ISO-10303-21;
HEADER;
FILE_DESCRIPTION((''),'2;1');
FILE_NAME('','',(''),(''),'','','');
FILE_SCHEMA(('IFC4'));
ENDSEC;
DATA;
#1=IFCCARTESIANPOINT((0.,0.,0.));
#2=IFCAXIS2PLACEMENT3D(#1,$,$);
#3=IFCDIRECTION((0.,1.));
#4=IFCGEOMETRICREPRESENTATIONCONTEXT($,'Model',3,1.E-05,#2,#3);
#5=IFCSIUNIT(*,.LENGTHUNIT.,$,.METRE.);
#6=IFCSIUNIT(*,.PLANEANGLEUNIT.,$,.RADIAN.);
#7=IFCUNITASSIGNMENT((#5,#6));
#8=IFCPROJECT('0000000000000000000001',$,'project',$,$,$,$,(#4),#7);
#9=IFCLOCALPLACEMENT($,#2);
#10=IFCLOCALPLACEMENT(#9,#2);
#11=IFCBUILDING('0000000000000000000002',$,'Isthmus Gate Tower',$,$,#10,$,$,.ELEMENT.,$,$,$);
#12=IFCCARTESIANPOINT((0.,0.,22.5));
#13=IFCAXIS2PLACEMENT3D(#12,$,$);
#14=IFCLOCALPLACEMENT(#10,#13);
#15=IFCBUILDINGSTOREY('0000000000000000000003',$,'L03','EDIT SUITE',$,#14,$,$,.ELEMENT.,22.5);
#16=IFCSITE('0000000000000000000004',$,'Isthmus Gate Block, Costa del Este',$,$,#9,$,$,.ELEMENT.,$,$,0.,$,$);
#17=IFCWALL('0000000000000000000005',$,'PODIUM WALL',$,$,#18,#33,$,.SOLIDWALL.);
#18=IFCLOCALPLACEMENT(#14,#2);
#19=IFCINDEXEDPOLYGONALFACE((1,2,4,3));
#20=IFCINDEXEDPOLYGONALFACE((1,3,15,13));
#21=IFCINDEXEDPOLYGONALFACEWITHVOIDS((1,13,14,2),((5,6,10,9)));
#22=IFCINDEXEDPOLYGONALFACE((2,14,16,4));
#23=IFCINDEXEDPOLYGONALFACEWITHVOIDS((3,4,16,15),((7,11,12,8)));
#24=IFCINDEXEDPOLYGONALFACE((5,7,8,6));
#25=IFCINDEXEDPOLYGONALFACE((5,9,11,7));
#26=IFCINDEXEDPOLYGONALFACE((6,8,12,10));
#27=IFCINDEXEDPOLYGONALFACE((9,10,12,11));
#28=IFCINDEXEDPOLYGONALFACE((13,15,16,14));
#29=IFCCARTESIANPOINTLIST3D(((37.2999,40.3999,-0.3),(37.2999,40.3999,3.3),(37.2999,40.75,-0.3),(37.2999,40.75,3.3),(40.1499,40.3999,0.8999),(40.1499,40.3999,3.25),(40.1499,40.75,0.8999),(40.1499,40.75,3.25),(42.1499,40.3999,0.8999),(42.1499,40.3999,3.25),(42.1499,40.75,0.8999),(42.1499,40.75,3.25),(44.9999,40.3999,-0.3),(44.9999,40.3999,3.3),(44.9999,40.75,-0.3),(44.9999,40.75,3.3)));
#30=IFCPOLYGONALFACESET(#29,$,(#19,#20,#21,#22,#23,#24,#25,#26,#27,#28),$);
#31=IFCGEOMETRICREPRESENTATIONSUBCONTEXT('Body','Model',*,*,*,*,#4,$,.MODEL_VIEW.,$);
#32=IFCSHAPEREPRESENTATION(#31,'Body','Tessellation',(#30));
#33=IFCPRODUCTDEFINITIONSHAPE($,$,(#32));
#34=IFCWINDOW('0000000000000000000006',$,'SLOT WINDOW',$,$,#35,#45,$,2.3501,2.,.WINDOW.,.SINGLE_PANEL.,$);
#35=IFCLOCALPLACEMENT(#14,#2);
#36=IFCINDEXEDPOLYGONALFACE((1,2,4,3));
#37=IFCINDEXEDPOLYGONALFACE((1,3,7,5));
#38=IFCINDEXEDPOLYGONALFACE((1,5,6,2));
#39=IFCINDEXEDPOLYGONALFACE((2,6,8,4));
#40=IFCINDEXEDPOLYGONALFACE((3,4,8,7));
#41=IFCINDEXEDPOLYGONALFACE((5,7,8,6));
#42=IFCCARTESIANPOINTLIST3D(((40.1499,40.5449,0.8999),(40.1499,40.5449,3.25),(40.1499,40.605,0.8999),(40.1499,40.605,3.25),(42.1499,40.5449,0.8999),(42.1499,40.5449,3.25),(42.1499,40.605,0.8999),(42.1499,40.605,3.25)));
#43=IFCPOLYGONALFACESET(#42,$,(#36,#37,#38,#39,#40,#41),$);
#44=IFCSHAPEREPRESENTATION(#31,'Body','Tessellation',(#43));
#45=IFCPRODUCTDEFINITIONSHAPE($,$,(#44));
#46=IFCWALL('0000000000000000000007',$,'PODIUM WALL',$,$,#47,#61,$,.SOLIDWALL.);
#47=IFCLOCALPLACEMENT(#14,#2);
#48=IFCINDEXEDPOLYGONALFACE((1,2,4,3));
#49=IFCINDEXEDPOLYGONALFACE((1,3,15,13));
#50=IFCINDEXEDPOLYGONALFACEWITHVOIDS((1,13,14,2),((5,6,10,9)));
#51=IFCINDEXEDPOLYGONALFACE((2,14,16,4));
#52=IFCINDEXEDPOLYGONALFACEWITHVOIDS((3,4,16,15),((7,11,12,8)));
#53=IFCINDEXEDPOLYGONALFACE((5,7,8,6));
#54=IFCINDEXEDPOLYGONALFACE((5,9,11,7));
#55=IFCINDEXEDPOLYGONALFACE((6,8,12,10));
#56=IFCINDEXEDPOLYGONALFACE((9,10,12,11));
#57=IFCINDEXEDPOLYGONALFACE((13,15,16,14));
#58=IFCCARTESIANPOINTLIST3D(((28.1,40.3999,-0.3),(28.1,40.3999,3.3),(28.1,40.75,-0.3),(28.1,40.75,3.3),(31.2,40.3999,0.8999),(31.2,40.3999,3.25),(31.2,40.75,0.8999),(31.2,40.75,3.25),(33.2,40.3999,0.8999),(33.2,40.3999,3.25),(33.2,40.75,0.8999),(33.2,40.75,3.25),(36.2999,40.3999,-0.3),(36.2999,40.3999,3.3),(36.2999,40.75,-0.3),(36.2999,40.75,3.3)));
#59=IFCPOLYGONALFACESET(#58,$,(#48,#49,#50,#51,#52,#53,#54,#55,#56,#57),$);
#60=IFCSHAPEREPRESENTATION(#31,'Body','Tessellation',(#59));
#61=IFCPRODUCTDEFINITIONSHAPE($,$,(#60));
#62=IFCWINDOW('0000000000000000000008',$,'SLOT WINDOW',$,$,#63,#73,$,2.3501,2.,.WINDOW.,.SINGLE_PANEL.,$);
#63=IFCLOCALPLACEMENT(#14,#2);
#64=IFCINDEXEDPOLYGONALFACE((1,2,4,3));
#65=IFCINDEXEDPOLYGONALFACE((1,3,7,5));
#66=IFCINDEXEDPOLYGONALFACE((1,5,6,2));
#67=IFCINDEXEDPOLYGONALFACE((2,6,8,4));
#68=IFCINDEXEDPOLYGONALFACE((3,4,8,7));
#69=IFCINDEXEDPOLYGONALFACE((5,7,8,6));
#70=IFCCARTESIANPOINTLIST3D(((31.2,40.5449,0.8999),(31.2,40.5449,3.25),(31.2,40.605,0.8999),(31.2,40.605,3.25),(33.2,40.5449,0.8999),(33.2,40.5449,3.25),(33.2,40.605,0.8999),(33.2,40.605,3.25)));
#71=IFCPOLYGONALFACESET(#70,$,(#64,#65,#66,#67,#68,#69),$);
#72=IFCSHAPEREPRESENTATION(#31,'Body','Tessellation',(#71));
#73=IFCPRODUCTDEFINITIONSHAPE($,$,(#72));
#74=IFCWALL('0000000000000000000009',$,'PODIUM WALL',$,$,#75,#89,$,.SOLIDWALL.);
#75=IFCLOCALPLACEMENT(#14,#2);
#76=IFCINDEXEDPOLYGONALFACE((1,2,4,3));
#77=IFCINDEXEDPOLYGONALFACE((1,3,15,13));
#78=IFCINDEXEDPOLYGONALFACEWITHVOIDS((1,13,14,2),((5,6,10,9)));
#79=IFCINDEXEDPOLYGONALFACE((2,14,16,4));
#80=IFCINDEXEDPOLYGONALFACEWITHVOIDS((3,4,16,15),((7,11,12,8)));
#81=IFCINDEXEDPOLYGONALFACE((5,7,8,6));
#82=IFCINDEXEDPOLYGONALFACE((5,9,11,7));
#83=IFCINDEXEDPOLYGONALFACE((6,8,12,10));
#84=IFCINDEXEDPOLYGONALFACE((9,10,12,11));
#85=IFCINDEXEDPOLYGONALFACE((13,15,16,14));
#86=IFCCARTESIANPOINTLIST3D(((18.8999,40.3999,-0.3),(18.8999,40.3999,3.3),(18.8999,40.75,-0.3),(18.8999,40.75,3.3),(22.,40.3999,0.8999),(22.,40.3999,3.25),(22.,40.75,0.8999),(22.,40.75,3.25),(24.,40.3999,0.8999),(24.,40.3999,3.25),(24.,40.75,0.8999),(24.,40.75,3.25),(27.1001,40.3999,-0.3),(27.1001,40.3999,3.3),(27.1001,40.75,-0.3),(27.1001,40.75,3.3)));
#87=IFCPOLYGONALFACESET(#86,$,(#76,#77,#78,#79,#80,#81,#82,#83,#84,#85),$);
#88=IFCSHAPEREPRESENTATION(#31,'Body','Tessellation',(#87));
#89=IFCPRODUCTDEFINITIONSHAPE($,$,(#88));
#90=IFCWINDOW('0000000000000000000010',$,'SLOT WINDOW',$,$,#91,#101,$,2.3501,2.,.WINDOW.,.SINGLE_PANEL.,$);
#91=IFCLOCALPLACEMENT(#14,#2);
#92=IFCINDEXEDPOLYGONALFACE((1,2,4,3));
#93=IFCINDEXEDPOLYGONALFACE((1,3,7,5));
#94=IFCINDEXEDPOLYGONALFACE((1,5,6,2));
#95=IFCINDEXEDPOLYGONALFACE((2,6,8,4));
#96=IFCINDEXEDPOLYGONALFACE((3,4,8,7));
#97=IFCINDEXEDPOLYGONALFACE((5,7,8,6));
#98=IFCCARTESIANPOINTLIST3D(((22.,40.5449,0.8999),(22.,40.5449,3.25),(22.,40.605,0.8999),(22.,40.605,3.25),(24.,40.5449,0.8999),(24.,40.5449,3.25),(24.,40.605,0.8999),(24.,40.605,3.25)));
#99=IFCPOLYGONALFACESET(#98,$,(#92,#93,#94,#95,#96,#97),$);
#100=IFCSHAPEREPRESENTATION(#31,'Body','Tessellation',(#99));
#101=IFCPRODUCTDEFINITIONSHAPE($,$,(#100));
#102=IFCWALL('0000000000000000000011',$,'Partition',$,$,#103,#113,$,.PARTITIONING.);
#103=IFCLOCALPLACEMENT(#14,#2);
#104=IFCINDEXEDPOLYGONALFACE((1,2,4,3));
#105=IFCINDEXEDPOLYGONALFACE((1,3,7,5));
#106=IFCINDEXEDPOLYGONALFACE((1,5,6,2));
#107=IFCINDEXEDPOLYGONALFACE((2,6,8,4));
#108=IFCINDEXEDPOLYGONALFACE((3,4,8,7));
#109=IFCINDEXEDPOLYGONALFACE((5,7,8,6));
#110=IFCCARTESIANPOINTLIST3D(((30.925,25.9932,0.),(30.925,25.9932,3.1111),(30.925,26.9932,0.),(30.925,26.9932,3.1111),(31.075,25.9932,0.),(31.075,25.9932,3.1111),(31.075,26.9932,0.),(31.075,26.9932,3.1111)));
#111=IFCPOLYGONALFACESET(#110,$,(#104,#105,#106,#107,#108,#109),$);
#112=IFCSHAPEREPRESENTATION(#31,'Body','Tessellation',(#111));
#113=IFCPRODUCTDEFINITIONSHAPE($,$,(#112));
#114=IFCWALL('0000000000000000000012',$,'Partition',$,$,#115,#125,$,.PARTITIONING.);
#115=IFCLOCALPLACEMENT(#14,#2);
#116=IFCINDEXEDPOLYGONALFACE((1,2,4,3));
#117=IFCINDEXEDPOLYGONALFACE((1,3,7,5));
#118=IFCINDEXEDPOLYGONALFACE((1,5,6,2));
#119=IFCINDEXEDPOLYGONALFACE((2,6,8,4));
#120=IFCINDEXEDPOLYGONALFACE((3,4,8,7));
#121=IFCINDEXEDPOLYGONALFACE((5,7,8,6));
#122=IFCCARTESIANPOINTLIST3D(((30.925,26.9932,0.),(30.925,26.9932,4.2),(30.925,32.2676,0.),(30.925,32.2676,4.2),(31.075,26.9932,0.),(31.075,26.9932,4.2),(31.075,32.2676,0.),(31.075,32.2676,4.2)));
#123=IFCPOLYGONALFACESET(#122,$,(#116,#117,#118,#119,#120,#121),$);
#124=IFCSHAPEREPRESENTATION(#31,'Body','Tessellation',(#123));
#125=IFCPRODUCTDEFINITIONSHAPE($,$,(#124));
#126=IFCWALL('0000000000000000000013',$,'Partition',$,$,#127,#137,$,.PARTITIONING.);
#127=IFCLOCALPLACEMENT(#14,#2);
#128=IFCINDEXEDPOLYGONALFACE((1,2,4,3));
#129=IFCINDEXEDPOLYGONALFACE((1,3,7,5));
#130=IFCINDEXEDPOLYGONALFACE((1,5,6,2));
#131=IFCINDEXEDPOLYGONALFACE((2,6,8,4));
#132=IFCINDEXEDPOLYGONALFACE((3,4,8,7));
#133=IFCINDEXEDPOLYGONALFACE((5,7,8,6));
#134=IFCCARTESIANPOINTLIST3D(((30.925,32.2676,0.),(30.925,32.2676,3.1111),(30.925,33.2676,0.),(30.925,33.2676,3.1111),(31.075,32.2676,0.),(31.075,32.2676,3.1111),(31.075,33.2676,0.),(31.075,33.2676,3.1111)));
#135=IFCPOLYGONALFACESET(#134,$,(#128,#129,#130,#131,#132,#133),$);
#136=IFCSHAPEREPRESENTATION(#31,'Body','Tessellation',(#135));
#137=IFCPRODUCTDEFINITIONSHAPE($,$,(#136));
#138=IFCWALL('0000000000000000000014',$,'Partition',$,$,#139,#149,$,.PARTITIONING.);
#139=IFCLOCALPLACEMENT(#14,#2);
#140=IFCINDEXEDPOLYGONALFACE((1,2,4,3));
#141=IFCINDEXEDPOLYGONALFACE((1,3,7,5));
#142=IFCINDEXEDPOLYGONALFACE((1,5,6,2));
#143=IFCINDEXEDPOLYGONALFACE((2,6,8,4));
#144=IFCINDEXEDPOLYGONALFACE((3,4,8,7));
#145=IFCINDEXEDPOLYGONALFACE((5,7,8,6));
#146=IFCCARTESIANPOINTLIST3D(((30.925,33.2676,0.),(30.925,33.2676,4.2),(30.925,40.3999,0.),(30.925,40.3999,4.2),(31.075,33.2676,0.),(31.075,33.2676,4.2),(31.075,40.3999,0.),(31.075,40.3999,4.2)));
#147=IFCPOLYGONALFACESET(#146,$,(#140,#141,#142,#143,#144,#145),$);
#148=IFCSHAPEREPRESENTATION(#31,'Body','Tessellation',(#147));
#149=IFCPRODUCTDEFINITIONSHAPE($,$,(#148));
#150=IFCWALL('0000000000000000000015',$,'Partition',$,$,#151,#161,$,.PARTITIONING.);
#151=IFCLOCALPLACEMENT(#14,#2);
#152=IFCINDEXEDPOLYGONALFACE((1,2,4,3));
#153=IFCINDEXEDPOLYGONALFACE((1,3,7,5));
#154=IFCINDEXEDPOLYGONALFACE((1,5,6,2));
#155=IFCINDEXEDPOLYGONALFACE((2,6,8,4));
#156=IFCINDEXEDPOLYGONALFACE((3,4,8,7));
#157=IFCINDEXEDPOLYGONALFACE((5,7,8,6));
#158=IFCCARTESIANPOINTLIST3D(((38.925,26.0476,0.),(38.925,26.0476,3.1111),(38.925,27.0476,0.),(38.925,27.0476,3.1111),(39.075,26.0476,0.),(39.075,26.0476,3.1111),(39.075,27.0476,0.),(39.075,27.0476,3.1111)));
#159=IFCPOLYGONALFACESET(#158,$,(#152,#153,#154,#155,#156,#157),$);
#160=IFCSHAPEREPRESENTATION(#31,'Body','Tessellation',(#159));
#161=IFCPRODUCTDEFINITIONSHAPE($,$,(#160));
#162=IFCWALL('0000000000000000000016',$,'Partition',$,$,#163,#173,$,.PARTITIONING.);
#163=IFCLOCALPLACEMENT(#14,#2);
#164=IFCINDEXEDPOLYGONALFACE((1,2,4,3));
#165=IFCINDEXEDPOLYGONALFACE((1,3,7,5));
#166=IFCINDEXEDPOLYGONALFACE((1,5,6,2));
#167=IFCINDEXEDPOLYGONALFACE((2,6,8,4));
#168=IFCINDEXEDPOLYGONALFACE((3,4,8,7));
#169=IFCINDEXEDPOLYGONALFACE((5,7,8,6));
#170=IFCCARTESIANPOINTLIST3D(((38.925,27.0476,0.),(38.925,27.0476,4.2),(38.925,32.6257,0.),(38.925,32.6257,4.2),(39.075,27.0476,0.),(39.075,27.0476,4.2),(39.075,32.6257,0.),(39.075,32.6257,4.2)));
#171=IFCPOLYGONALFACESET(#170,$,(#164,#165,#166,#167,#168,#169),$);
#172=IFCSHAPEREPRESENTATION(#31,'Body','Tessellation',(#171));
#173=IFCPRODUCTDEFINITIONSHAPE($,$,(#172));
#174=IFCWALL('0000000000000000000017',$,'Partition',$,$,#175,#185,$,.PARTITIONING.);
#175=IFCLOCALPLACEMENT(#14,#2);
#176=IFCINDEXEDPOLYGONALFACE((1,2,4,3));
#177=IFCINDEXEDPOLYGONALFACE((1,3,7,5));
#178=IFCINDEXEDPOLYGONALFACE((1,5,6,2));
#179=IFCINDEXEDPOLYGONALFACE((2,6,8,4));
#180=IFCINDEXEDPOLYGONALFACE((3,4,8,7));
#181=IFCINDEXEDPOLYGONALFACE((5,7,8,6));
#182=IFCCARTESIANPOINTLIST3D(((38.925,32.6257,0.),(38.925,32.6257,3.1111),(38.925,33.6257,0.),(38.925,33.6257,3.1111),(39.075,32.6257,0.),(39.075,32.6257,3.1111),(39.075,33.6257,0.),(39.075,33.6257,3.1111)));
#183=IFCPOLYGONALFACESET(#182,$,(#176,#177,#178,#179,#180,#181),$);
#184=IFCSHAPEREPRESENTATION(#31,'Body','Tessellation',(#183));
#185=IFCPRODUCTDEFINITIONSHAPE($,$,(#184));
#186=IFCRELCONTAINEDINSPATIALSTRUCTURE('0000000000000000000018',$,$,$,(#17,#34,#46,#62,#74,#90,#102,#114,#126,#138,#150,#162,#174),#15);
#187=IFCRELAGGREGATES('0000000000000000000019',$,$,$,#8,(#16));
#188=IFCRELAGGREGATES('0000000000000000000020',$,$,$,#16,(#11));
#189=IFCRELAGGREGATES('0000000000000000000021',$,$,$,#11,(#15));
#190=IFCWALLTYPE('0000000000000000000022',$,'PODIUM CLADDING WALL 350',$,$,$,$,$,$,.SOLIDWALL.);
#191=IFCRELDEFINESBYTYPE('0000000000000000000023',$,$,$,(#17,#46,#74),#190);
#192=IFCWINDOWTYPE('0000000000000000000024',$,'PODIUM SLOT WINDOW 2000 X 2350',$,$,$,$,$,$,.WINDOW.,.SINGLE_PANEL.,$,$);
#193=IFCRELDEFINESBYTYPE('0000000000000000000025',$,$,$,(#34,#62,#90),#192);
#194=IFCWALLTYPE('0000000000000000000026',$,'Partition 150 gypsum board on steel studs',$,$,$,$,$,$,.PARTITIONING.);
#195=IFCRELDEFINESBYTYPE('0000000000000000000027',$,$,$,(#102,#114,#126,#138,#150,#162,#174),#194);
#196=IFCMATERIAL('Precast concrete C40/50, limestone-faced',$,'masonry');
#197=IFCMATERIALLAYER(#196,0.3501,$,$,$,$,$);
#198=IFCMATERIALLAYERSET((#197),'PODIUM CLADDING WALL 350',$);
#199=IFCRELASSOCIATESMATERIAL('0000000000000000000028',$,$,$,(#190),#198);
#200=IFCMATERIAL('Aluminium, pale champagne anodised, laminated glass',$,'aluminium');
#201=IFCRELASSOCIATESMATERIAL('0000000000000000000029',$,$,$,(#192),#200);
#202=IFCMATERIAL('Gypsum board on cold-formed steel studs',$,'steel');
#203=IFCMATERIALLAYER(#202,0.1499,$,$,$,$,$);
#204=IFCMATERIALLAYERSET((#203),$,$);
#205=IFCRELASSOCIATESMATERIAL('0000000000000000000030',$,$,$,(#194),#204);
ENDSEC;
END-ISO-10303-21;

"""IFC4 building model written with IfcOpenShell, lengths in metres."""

from ifc_helpers import new_model, si_unit, direction, frame, frame_2d, origin, place, context, subcontext, project, spatial, rectangle, extrude, material, layer, layer_set, type_object, element, fill, save


model = new_model("IFC4")

# Units and contexts
model_context = context("Model", 3, precision=1e-05, world=origin(), true_north=direction((0.0, 1.0)))
body_context = subcontext(model_context, "Body", "Model", "MODEL_VIEW")
ifc_project = project(units=[si_unit("LENGTHUNIT", "METRE"), si_unit("PLANEANGLEUNIT", "RADIAN")], contexts=[model_context])

# Site, building, storey
site_placement = place(None, origin())
site = spatial("IfcSite", under=ifc_project, at=site_placement, Name="Isthmus Gate Block, Costa del Este", CompositionType="ELEMENT", RefElevation=0.0)
building_placement = place(site_placement, origin())
building = spatial("IfcBuilding", under=site, at=building_placement, Name="Isthmus Gate Tower", CompositionType="ELEMENT")
storey_placement = place(building_placement, frame((0.0, 0.0, 22.5)))
storey = spatial("IfcBuildingStorey", under=building, at=storey_placement, Name="L03", Description="EDIT SUITE", CompositionType="ELEMENT", Elevation=22.5)

# Walls, openings, windows
ifc_material_1 = material(Name="Precast concrete C40/50, limestone-faced", Category="masonry")
ifc_layer_1 = layer(ifc_material_1, 0.3501)
ifc_layer_set_1 = layer_set([ifc_layer_1], Name="PODIUM CLADDING WALL 350")
wall_type_1 = type_object("IfcWallType", Name="PODIUM CLADDING WALL 350", PredefinedType="SOLIDWALL", material=ifc_layer_set_1)
wall_1_placement = place(storey_placement, frame((45.0, 40.575, -0.3), z_axis=(0.0, 0.0, 1.0), x_axis=(-1.0, 0.0, 0.0)))
wall_1 = element("IfcWall", 1, at=wall_1_placement, inside=storey, type_object=wall_type_1, Name="PODIUM WALL", PredefinedType="SOLIDWALL", context=body_context, shape_type="SweptSolid", body=[
    extrude(rectangle(XDim=7.7, YDim=0.3501, at=frame_2d((3.8501, 0.0))), origin(), (0.0, 0.0, 1.0), 3.6001),
])
opening_1_placement = place(wall_1_placement, frame((2.8501, 0.0, 1.2)))
opening_1 = element("IfcOpeningElement", 2, at=opening_1_placement, cuts=wall_1, PredefinedType="OPENING", context=body_context, shape_type="SweptSolid", body=[
    extrude(rectangle(XDim=2.0, YDim=2.3501, at=frame_2d((1.0, 1.175))), frame((0.0, 0.1851, 0.0), z_axis=(0.0, -1.0, 0.0), x_axis=(1.0, 0.0, 0.0)), (0.0, 0.0, 1.0), 0.3701),
])
ifc_material_2 = material(Name="Aluminium, pale champagne anodised, laminated glass", Category="aluminium")
window_type = type_object("IfcWindowType", Name="PODIUM SLOT WINDOW 2000 X 2350", PartitioningType="SINGLE_PANEL", PredefinedType="WINDOW", material=ifc_material_2)
window_1_placement = place(opening_1_placement, origin())
window_1 = element("IfcWindow", 3, at=window_1_placement, inside=storey, type_object=window_type, Name="SLOT WINDOW", OverallHeight=2.3501, OverallWidth=2.0, PartitioningType="SINGLE_PANEL", PredefinedType="WINDOW", context=body_context, shape_type="SweptSolid", body=[
    extrude(rectangle(XDim=2.0, YDim=2.3501, at=frame_2d((1.0, 1.175))), frame((0.0, 0.03, 0.0), z_axis=(0.0, -1.0, 0.0), x_axis=(1.0, 0.0, 0.0)), (0.0, 0.0, 1.0), 0.0601),
])
fill(opening_1, window_1)
wall_2_placement = place(storey_placement, frame((36.3, 40.575, -0.3), z_axis=(0.0, 0.0, 1.0), x_axis=(-1.0, 0.0, 0.0)))
wall_2 = element("IfcWall", 4, at=wall_2_placement, inside=storey, type_object=wall_type_1, Name="PODIUM WALL", PredefinedType="SOLIDWALL", context=body_context, shape_type="SweptSolid", body=[
    extrude(rectangle(XDim=8.2, YDim=0.3501, at=frame_2d((4.1001, 0.0))), origin(), (0.0, 0.0, 1.0), 3.6001),
])
opening_2_placement = place(wall_2_placement, frame((3.1001, 0.0, 1.2)))
opening_2 = element("IfcOpeningElement", 5, at=opening_2_placement, cuts=wall_2, PredefinedType="OPENING", context=body_context, shape_type="SweptSolid", body=[
    extrude(rectangle(XDim=2.0, YDim=2.3501, at=frame_2d((1.0, 1.175))), frame((0.0, 0.1851, 0.0), z_axis=(0.0, -1.0, 0.0), x_axis=(1.0, 0.0, 0.0)), (0.0, 0.0, 1.0), 0.3701),
])
window_2_placement = place(opening_2_placement, origin())
window_2 = element("IfcWindow", 6, at=window_2_placement, inside=storey, type_object=window_type, Name="SLOT WINDOW", OverallHeight=2.3501, OverallWidth=2.0, PartitioningType="SINGLE_PANEL", PredefinedType="WINDOW", context=body_context, shape_type="SweptSolid", body=[
    extrude(rectangle(XDim=2.0, YDim=2.3501, at=frame_2d((1.0, 1.175))), frame((0.0, 0.03, 0.0), z_axis=(0.0, -1.0, 0.0), x_axis=(1.0, 0.0, 0.0)), (0.0, 0.0, 1.0), 0.0601),
])
fill(opening_2, window_2)
wall_3_placement = place(storey_placement, frame((27.1001, 40.575, -0.3), z_axis=(0.0, 0.0, 1.0), x_axis=(-1.0, 0.0, 0.0)))
wall_3 = element("IfcWall", 7, at=wall_3_placement, inside=storey, type_object=wall_type_1, Name="PODIUM WALL", PredefinedType="SOLIDWALL", context=body_context, shape_type="SweptSolid", body=[
    extrude(rectangle(XDim=8.2002, YDim=0.3501, at=frame_2d((4.1001, 0.0))), origin(), (0.0, 0.0, 1.0), 3.6001),
])
opening_3_placement = place(wall_3_placement, frame((3.1001, 0.0, 1.2)))
opening_3 = element("IfcOpeningElement", 8, at=opening_3_placement, cuts=wall_3, PredefinedType="OPENING", context=body_context, shape_type="SweptSolid", body=[
    extrude(rectangle(XDim=2.0, YDim=2.3501, at=frame_2d((1.0, 1.175))), frame((0.0, 0.1851, 0.0), z_axis=(0.0, -1.0, 0.0), x_axis=(1.0, 0.0, 0.0)), (0.0, 0.0, 1.0), 0.3701),
])
window_3_placement = place(opening_3_placement, origin())
window_3 = element("IfcWindow", 9, at=window_3_placement, inside=storey, type_object=window_type, Name="SLOT WINDOW", OverallHeight=2.3501, OverallWidth=2.0, PartitioningType="SINGLE_PANEL", PredefinedType="WINDOW", context=body_context, shape_type="SweptSolid", body=[
    extrude(rectangle(XDim=2.0, YDim=2.3501, at=frame_2d((1.0, 1.175))), frame((0.0, 0.03, 0.0), z_axis=(0.0, -1.0, 0.0), x_axis=(1.0, 0.0, 0.0)), (0.0, 0.0, 1.0), 0.0601),
])
fill(opening_3, window_3)

# Walls
ifc_material_3 = material(Name="Gypsum board on cold-formed steel studs", Category="steel")
ifc_layer_2 = layer(ifc_material_3, 0.1499)
ifc_layer_set_2 = layer_set([ifc_layer_2])
wall_type_2 = type_object("IfcWallType", Name="Partition 150 gypsum board on steel studs", PredefinedType="PARTITIONING", material=ifc_layer_set_2)
wall_4_placement = place(storey_placement, frame((31.0, 25.9932, 0.0), z_axis=(0.0, 0.0, 1.0), x_axis=(0.0, 1.0, 0.0)))
element("IfcWall", 10, at=wall_4_placement, inside=storey, type_object=wall_type_2, Name="Partition", PredefinedType="PARTITIONING", context=body_context, shape_type="SweptSolid", body=[
    extrude(rectangle(XDim=1.0, YDim=0.1499, at=frame_2d((0.5, 0.0))), origin(), (0.0, 0.0, 1.0), 3.1111),
])
wall_5_placement = place(storey_placement, frame((31.0, 26.9932, 0.0), z_axis=(0.0, 0.0, 1.0), x_axis=(0.0, 1.0, 0.0)))
element("IfcWall", 11, at=wall_5_placement, inside=storey, type_object=wall_type_2, Name="Partition", PredefinedType="PARTITIONING", context=body_context, shape_type="SweptSolid", body=[
    extrude(rectangle(XDim=5.2744, YDim=0.1499, at=frame_2d((2.6372, 0.0))), origin(), (0.0, 0.0, 1.0), 4.2),
])
wall_6_placement = place(storey_placement, frame((31.0, 32.2676, 0.0), z_axis=(0.0, 0.0, 1.0), x_axis=(0.0, 1.0, 0.0)))
element("IfcWall", 12, at=wall_6_placement, inside=storey, type_object=wall_type_2, Name="Partition", PredefinedType="PARTITIONING", context=body_context, shape_type="SweptSolid", body=[
    extrude(rectangle(XDim=1.0, YDim=0.1499, at=frame_2d((0.5, 0.0))), origin(), (0.0, 0.0, 1.0), 3.1111),
])
wall_7_placement = place(storey_placement, frame((31.0, 33.2676, 0.0), z_axis=(0.0, 0.0, 1.0), x_axis=(0.0, 1.0, 0.0)))
element("IfcWall", 13, at=wall_7_placement, inside=storey, type_object=wall_type_2, Name="Partition", PredefinedType="PARTITIONING", context=body_context, shape_type="SweptSolid", body=[
    extrude(rectangle(XDim=7.1323, YDim=0.1499, at=frame_2d((3.5662, 0.0))), origin(), (0.0, 0.0, 1.0), 4.2),
])
wall_8_placement = place(storey_placement, frame((39.0, 26.0476, 0.0), z_axis=(0.0, 0.0, 1.0), x_axis=(0.0, 1.0, 0.0)))
element("IfcWall", 14, at=wall_8_placement, inside=storey, type_object=wall_type_2, Name="Partition", PredefinedType="PARTITIONING", context=body_context, shape_type="SweptSolid", body=[
    extrude(rectangle(XDim=1.0, YDim=0.1499, at=frame_2d((0.5, 0.0))), origin(), (0.0, 0.0, 1.0), 3.1111),
])
wall_9_placement = place(storey_placement, frame((39.0, 27.0476, 0.0), z_axis=(0.0, 0.0, 1.0), x_axis=(0.0, 1.0, 0.0)))
element("IfcWall", 15, at=wall_9_placement, inside=storey, type_object=wall_type_2, Name="Partition", PredefinedType="PARTITIONING", context=body_context, shape_type="SweptSolid", body=[
    extrude(rectangle(XDim=5.5781, YDim=0.1499, at=frame_2d((2.7891, 0.0))), origin(), (0.0, 0.0, 1.0), 4.2),
])
wall_10_placement = place(storey_placement, frame((39.0, 32.6257, 0.0), z_axis=(0.0, 0.0, 1.0), x_axis=(0.0, 1.0, 0.0)))
element("IfcWall", 16, at=wall_10_placement, inside=storey, type_object=wall_type_2, Name="Partition", PredefinedType="PARTITIONING", context=body_context, shape_type="SweptSolid", body=[
    extrude(rectangle(XDim=1.0, YDim=0.1499, at=frame_2d((0.5, 0.0))), origin(), (0.0, 0.0, 1.0), 3.1111),
])

save(model, "model.ifc")
